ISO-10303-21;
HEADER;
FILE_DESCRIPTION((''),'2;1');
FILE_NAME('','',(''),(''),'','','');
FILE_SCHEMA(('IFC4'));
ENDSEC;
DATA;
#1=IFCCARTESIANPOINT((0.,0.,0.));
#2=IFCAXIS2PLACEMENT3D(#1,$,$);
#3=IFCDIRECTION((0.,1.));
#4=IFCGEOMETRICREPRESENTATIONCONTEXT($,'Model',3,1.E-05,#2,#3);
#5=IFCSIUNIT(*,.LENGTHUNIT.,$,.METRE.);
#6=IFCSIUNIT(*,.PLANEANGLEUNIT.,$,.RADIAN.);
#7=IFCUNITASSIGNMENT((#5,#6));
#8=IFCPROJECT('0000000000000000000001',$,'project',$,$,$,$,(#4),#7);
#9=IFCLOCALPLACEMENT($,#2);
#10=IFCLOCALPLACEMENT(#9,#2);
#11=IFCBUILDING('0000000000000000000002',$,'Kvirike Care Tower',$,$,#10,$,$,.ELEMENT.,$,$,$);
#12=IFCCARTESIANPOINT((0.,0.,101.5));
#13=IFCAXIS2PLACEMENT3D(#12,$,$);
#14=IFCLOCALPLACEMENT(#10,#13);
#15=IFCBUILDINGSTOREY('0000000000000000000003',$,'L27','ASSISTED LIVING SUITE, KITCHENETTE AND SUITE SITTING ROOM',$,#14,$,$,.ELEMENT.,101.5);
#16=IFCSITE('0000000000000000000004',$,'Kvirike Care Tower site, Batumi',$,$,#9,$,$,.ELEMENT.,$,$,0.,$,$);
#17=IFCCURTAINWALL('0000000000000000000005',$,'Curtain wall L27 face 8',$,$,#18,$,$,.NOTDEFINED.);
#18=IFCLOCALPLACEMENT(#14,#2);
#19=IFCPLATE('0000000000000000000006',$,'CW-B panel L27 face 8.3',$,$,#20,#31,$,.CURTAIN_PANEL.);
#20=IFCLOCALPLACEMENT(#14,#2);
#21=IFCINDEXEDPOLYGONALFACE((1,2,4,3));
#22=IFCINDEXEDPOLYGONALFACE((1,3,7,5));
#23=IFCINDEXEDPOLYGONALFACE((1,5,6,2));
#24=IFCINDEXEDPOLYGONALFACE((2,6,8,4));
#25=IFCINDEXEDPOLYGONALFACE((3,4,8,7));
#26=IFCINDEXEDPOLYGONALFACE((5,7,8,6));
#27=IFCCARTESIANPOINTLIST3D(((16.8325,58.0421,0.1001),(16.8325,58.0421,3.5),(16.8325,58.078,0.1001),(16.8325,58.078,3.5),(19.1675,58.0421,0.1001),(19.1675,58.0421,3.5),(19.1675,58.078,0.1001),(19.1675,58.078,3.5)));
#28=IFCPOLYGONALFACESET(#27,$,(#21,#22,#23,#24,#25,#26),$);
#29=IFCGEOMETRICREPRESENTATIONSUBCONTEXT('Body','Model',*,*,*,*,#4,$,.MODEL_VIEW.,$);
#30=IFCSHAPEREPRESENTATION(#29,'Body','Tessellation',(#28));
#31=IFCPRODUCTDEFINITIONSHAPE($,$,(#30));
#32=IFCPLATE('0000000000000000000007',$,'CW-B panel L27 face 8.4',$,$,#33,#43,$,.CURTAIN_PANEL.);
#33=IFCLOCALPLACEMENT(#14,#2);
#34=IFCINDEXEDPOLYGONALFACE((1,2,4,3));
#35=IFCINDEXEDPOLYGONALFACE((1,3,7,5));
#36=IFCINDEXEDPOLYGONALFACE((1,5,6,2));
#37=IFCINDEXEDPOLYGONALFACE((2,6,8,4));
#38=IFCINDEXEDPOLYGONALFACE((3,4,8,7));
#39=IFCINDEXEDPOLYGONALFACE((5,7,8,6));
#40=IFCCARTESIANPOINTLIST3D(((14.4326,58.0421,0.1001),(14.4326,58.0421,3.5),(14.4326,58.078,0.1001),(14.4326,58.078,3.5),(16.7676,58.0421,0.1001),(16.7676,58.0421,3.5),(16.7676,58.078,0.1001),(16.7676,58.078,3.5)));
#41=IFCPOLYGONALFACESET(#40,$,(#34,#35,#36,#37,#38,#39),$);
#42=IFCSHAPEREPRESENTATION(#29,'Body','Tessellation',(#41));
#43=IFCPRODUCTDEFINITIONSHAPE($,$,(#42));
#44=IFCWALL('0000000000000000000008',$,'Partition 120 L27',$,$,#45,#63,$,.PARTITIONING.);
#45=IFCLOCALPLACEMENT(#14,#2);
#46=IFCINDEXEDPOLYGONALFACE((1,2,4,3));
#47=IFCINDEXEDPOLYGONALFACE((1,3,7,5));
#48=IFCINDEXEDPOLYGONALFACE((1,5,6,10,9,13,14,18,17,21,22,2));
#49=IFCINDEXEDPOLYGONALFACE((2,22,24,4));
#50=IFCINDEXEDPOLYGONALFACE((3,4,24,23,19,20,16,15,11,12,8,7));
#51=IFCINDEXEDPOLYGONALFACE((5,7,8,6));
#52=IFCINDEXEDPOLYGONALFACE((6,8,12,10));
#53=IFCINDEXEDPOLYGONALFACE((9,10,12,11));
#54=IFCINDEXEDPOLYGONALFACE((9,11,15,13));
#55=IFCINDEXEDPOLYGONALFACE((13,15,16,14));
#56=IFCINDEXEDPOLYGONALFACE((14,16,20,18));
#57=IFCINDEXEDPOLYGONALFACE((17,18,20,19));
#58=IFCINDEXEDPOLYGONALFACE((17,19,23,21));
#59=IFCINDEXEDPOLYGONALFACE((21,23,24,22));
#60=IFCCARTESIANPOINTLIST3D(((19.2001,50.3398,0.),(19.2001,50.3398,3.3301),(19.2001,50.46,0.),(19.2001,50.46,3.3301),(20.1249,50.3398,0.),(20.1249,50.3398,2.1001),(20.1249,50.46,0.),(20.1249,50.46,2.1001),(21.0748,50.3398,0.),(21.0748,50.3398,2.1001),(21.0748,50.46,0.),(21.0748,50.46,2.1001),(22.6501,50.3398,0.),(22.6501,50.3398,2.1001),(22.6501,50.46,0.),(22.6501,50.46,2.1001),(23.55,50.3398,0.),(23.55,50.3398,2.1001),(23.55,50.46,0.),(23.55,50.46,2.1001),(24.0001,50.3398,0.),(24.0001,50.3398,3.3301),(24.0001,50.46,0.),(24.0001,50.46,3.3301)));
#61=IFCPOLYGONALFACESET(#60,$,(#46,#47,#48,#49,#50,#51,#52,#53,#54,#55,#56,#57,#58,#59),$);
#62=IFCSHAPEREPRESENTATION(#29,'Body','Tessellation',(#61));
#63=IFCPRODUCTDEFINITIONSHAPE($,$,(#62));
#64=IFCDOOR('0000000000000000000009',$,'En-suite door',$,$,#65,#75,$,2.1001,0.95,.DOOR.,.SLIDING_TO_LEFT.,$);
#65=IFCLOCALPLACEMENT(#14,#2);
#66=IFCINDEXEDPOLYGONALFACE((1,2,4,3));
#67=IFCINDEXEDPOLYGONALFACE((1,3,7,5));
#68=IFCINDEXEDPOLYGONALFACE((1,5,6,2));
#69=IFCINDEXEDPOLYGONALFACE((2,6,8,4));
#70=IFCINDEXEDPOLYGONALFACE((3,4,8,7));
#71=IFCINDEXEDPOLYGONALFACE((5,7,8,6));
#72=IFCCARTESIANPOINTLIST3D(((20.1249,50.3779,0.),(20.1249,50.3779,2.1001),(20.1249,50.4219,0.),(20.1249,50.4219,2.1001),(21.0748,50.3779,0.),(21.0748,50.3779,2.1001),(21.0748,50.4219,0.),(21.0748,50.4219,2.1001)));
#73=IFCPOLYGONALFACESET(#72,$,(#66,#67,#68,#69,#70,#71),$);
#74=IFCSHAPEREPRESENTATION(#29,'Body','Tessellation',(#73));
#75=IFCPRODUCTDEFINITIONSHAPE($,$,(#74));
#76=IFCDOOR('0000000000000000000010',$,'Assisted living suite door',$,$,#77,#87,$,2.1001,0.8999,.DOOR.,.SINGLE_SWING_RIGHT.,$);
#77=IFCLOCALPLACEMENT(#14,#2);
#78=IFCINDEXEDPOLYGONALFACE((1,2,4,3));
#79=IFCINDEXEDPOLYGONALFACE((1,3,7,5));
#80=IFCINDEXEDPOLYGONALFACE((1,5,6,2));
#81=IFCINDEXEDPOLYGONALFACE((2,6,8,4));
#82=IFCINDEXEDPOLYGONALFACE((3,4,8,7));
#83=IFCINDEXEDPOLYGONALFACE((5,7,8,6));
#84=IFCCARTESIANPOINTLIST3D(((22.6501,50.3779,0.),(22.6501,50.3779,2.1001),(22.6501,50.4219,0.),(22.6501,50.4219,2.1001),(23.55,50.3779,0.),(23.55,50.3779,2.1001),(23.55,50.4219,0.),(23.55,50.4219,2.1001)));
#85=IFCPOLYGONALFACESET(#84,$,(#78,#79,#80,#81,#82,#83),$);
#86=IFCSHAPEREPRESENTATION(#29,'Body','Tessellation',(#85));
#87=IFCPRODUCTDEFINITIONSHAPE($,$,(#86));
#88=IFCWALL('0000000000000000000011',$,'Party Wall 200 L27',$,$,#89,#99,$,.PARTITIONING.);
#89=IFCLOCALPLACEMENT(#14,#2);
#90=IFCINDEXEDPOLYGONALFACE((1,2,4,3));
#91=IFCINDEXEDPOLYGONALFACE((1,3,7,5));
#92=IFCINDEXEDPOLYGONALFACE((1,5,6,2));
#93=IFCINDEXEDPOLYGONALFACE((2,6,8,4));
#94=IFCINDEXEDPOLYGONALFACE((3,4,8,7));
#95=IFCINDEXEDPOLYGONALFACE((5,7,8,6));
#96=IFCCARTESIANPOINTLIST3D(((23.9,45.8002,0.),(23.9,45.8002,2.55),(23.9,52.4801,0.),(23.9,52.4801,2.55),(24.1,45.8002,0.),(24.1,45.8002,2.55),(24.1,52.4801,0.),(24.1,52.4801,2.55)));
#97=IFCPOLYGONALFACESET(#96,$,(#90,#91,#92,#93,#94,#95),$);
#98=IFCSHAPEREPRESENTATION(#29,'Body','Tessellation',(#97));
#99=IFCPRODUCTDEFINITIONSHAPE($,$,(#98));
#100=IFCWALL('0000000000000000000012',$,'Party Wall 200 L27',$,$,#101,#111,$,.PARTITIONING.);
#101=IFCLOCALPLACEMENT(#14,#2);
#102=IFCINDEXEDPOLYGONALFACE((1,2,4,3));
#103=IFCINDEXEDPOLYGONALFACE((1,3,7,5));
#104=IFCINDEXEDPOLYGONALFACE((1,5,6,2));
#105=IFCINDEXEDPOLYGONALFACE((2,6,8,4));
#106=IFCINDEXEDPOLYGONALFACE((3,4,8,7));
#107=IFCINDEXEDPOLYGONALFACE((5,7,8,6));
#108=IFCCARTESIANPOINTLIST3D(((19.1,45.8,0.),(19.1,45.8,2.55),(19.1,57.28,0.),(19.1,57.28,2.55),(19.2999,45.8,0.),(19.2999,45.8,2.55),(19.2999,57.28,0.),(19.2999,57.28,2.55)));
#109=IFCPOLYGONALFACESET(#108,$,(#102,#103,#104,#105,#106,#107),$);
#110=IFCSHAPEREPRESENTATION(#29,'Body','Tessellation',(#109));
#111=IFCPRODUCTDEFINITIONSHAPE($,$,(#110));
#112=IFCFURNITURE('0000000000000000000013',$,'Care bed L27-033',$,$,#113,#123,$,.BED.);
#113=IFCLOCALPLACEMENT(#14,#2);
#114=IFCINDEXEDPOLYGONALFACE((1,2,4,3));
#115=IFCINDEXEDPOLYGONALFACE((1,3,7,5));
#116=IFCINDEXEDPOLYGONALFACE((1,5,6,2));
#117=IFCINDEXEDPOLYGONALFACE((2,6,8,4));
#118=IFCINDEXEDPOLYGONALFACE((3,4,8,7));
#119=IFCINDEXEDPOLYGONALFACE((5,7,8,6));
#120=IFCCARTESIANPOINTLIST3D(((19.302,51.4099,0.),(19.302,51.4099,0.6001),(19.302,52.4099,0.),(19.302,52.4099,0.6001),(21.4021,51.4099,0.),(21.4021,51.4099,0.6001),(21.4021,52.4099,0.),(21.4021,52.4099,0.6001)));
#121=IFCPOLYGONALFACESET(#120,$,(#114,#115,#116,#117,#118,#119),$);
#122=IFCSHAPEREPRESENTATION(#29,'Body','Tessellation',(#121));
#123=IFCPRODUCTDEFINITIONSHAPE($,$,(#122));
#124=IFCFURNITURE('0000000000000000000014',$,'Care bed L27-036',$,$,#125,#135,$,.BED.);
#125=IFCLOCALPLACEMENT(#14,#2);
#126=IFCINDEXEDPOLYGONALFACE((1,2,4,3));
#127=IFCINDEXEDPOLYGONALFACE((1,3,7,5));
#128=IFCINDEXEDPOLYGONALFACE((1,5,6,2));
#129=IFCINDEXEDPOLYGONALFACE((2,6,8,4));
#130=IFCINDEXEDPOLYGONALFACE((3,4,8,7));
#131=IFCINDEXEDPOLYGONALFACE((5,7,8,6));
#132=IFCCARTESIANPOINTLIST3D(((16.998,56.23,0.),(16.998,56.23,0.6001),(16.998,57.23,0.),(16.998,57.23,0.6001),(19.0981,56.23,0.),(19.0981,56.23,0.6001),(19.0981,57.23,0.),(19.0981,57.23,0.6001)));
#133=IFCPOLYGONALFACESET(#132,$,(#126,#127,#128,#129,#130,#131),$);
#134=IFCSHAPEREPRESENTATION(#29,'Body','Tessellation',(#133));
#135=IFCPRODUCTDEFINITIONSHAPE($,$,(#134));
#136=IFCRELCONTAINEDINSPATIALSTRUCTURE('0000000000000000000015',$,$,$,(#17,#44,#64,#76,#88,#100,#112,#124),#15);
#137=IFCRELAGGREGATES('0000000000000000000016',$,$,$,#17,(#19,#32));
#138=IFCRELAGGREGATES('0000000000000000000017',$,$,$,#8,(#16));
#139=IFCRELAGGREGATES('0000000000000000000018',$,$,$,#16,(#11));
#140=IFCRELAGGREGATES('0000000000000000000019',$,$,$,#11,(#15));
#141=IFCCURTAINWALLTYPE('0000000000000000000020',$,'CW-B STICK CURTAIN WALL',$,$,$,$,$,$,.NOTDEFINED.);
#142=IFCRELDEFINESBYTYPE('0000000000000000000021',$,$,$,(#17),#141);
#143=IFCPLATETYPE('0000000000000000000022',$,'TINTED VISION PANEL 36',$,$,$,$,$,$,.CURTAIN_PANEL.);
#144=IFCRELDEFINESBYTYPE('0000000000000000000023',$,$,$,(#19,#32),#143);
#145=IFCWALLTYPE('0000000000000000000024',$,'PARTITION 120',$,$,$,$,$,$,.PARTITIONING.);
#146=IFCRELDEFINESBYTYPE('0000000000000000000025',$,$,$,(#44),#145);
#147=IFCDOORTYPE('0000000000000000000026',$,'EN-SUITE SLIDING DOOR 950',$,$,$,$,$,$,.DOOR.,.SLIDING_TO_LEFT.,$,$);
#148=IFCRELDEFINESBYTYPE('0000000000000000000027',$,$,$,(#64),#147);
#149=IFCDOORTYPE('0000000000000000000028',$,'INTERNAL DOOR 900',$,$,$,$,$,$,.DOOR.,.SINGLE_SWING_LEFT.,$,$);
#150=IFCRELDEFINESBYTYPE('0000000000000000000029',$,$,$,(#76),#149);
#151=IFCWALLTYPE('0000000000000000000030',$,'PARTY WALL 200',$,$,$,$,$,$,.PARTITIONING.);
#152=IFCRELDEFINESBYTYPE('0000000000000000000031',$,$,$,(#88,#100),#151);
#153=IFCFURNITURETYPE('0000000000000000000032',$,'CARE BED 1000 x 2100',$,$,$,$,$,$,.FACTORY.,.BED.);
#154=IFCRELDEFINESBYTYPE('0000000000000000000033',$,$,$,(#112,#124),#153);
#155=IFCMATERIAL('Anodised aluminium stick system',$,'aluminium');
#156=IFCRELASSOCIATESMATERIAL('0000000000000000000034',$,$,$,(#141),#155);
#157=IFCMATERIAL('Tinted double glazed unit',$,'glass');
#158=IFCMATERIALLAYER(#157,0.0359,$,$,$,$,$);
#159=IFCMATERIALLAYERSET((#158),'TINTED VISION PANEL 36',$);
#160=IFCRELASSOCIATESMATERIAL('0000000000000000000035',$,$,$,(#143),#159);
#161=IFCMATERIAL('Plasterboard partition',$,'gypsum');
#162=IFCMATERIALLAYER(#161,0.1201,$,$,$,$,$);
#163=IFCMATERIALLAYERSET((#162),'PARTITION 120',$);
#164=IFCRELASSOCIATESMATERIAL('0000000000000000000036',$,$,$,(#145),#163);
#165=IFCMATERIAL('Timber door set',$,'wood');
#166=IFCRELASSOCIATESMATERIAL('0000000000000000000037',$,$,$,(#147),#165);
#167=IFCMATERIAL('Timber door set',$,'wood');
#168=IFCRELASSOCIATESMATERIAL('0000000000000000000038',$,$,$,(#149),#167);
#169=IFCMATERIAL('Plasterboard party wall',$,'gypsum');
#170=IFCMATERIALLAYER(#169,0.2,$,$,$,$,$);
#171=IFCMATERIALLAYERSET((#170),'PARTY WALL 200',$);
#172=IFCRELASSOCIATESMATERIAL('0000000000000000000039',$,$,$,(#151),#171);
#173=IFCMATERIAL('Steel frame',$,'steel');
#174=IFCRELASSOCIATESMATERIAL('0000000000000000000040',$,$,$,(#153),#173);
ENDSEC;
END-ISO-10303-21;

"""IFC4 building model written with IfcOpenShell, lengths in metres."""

from ifc_helpers import new_model, si_unit, direction, frame, frame_2d, origin, origin_2d, place, context, subcontext, project, spatial, rectangle, extrude, material, layer, layer_set, type_object, element, fill, aggregate, save


model = new_model("IFC4")

# Units and contexts
model_context = context("Model", 3, precision=1e-05, world=origin(), true_north=direction((0.0, 1.0)))
body_context = subcontext(model_context, "Body", "Model", "MODEL_VIEW")
ifc_project = project(units=[si_unit("LENGTHUNIT", "METRE"), si_unit("PLANEANGLEUNIT", "RADIAN")], contexts=[model_context])

# Site, building, storey
site_placement = place(None, origin())
site = spatial("IfcSite", under=ifc_project, at=site_placement, Name="Kvirike Care Tower site, Batumi", CompositionType="ELEMENT", RefElevation=0.0)
building_placement = place(site_placement, origin())
building = spatial("IfcBuilding", under=site, at=building_placement, Name="Kvirike Care Tower", CompositionType="ELEMENT")
storey_placement = place(building_placement, frame((0.0, 0.0, 101.5)))
storey = spatial("IfcBuildingStorey", under=building, at=storey_placement, Name="L27", Description="ASSISTED LIVING SUITE, KITCHENETTE AND SUITE SITTING ROOM", CompositionType="ELEMENT", Elevation=101.5)

# Curtain wall
ifc_material_1 = material(Name="Anodised aluminium stick system", Category="aluminium")
curtain_wall_type = type_object("IfcCurtainWallType", Name="CW-B STICK CURTAIN WALL", PredefinedType="NOTDEFINED", material=ifc_material_1)
curtain_wall_placement = place(storey_placement, origin())
curtain_wall = element("IfcCurtainWall", 1, at=curtain_wall_placement, inside=storey, type_object=curtain_wall_type, Name="Curtain wall L27 face 8", PredefinedType="NOTDEFINED")

# Plates
ifc_material_2 = material(Name="Tinted double glazed unit", Category="glass")
ifc_layer_1 = layer(ifc_material_2, 0.0359)
ifc_layer_set_1 = layer_set([ifc_layer_1], Name="TINTED VISION PANEL 36")
plate_type = type_object("IfcPlateType", Name="TINTED VISION PANEL 36", PredefinedType="CURTAIN_PANEL", material=ifc_layer_set_1)
plate_1_placement = place(storey_placement, frame((18.0, 58.0601, 0.1001), z_axis=(0.0, 0.0, 1.0), x_axis=(-1.0, 0.0, 0.0)))
plate_1 = element("IfcPlate", 2, at=plate_1_placement, type_object=plate_type, Name="CW-B panel L27 face 8.3", PredefinedType="CURTAIN_PANEL", context=body_context, shape_type="SweptSolid", body=[
    extrude(rectangle(XDim=2.335, YDim=0.0359, at=origin_2d()), origin(), (0.0, 0.0, 1.0), 3.3999),
])
plate_2_placement = place(storey_placement, frame((15.6001, 58.0601, 0.1001), z_axis=(0.0, 0.0, 1.0), x_axis=(-1.0, 0.0, 0.0)))
plate_2 = element("IfcPlate", 3, at=plate_2_placement, type_object=plate_type, Name="CW-B panel L27 face 8.4", PredefinedType="CURTAIN_PANEL", context=body_context, shape_type="SweptSolid", body=[
    extrude(rectangle(XDim=2.335, YDim=0.0359, at=origin_2d()), origin(), (0.0, 0.0, 1.0), 3.3999),
])
aggregate(curtain_wall, [plate_1, plate_2])

# Wall, openings, doors
ifc_material_3 = material(Name="Plasterboard partition", Category="gypsum")
ifc_layer_2 = layer(ifc_material_3, 0.1201)
ifc_layer_set_2 = layer_set([ifc_layer_2], Name="PARTITION 120")
wall_type_1 = type_object("IfcWallType", Name="PARTITION 120", PredefinedType="PARTITIONING", material=ifc_layer_set_2)
wall_1_placement = place(storey_placement, frame((24.0, 50.3999, 0.0), z_axis=(0.0, 0.0, 1.0), x_axis=(-1.0, 0.0, 0.0)))
wall_1 = element("IfcWall", 4, at=wall_1_placement, inside=storey, type_object=wall_type_1, Name="Partition 120 L27", PredefinedType="PARTITIONING", context=body_context, shape_type="SweptSolid", body=[
    extrude(rectangle(XDim=4.8, YDim=0.1201, at=frame_2d((2.3999, 0.0))), origin(), (0.0, 0.0, 1.0), 3.3301),
])
opening_1_placement = place(wall_1_placement, frame((0.45, 0.0, 0.0)))
opening_1 = element("IfcOpeningElement", 5, at=opening_1_placement, cuts=wall_1, PredefinedType="OPENING", context=body_context, shape_type="SweptSolid", body=[
    extrude(rectangle(XDim=0.8999, YDim=2.1001, at=frame_2d((0.45, 1.05))), frame((0.0, 0.0706, 0.0), z_axis=(0.0, -1.0, 0.0), x_axis=(1.0, 0.0, 0.0)), (0.0, 0.0, 1.0), 0.1411),
])
opening_2_placement = place(wall_1_placement, frame((2.925, 0.0, 0.0)))
opening_2 = element("IfcOpeningElement", 6, at=opening_2_placement, cuts=wall_1, PredefinedType="OPENING", context=body_context, shape_type="SweptSolid", body=[
    extrude(rectangle(XDim=0.95, YDim=2.1001, at=frame_2d((0.4751, 1.05))), frame((0.0, 0.0706, 0.0), z_axis=(0.0, -1.0, 0.0), x_axis=(1.0, 0.0, 0.0)), (0.0, 0.0, 1.0), 0.1411),
])
ifc_material_4 = material(Name="Timber door set", Category="wood")
door_type_1 = type_object("IfcDoorType", Name="EN-SUITE SLIDING DOOR 950", OperationType="SLIDING_TO_LEFT", PredefinedType="DOOR", material=ifc_material_4)
door_1_placement = place(opening_2_placement, origin())
door_1 = element("IfcDoor", 7, at=door_1_placement, inside=storey, type_object=door_type_1, Name="En-suite door", OperationType="SLIDING_TO_LEFT", OverallHeight=2.1001, OverallWidth=0.95, PredefinedType="DOOR", context=body_context, shape_type="SweptSolid", body=[
    extrude(rectangle(XDim=0.95, YDim=2.1001, at=frame_2d((0.4751, 1.05))), frame((0.0, 0.022, 0.0), z_axis=(0.0, -1.0, 0.0), x_axis=(1.0, 0.0, 0.0)), (0.0, 0.0, 1.0), 0.0439),
])
fill(opening_2, door_1)
ifc_material_5 = material(Name="Timber door set", Category="wood")
door_type_2 = type_object("IfcDoorType", Name="INTERNAL DOOR 900", OperationType="SINGLE_SWING_LEFT", PredefinedType="DOOR", material=ifc_material_5)
door_2_placement = place(opening_1_placement, origin())
door_2 = element("IfcDoor", 8, at=door_2_placement, inside=storey, type_object=door_type_2, Name="Assisted living suite door", OperationType="SINGLE_SWING_RIGHT", OverallHeight=2.1001, OverallWidth=0.8999, PredefinedType="DOOR", context=body_context, shape_type="SweptSolid", body=[
    extrude(rectangle(XDim=0.8999, YDim=2.1001, at=frame_2d((0.45, 1.05))), frame((0.0, 0.022, 0.0), z_axis=(0.0, -1.0, 0.0), x_axis=(1.0, 0.0, 0.0)), (0.0, 0.0, 1.0), 0.0439),
])
fill(opening_1, door_2)

# Walls
ifc_material_6 = material(Name="Plasterboard party wall", Category="gypsum")
ifc_layer_3 = layer(ifc_material_6, 0.2)
ifc_layer_set_3 = layer_set([ifc_layer_3], Name="PARTY WALL 200")
wall_type_2 = type_object("IfcWallType", Name="PARTY WALL 200", PredefinedType="PARTITIONING", material=ifc_layer_set_3)
wall_2_placement = place(storey_placement, frame((24.0, 52.48, 0.0), z_axis=(0.0, 0.0, 1.0), x_axis=(0.0, -1.0, 0.0)))
element("IfcWall", 9, at=wall_2_placement, inside=storey, type_object=wall_type_2, Name="Party Wall 200 L27", PredefinedType="PARTITIONING", context=body_context, shape_type="SweptSolid", body=[
    extrude(rectangle(XDim=6.6799, YDim=0.2, at=frame_2d((3.3398, 0.0))), origin(), (0.0, 0.0, 1.0), 2.55),
])
wall_3_placement = place(storey_placement, frame((19.2, 57.28, 0.0), z_axis=(0.0, 0.0, 1.0), x_axis=(0.0, -1.0, 0.0)))
element("IfcWall", 10, at=wall_3_placement, inside=storey, type_object=wall_type_2, Name="Party Wall 200 L27", PredefinedType="PARTITIONING", context=body_context, shape_type="SweptSolid", body=[
    extrude(rectangle(XDim=11.48, YDim=0.2, at=frame_2d((5.74, 0.0))), origin(), (0.0, 0.0, 1.0), 2.55),
])

# Furniture
ifc_material_7 = material(Name="Steel frame", Category="steel")
furniture_type = type_object("IfcFurnitureType", Name="CARE BED 1000 x 2100", AssemblyPlace="FACTORY", PredefinedType="BED", material=ifc_material_7)
for number, where, z_axis, x_axis, name in (
    (11, (20.3521, 51.9099, 0.0), (0.0, 0.0, 1.0), (0.0, 1.0, 0.0), "Care bed L27-033"),
    (12, (18.0481, 56.73, 0.0), (0.0, 0.0, 1.0), (0.0, -1.0, 0.0), "Care bed L27-036"),
):
    element("IfcFurniture", number, at=place(storey_placement, frame(where, z_axis=z_axis, x_axis=x_axis)), inside=storey, type_object=furniture_type, Name=name, PredefinedType="BED", context=body_context, shape_type="SweptSolid", body=[
        extrude(rectangle(XDim=1.0, YDim=2.1001, at=origin_2d()), origin(), (0.0, 0.0, 1.0), 0.6001),
    ])

save(model, "model.ifc")
